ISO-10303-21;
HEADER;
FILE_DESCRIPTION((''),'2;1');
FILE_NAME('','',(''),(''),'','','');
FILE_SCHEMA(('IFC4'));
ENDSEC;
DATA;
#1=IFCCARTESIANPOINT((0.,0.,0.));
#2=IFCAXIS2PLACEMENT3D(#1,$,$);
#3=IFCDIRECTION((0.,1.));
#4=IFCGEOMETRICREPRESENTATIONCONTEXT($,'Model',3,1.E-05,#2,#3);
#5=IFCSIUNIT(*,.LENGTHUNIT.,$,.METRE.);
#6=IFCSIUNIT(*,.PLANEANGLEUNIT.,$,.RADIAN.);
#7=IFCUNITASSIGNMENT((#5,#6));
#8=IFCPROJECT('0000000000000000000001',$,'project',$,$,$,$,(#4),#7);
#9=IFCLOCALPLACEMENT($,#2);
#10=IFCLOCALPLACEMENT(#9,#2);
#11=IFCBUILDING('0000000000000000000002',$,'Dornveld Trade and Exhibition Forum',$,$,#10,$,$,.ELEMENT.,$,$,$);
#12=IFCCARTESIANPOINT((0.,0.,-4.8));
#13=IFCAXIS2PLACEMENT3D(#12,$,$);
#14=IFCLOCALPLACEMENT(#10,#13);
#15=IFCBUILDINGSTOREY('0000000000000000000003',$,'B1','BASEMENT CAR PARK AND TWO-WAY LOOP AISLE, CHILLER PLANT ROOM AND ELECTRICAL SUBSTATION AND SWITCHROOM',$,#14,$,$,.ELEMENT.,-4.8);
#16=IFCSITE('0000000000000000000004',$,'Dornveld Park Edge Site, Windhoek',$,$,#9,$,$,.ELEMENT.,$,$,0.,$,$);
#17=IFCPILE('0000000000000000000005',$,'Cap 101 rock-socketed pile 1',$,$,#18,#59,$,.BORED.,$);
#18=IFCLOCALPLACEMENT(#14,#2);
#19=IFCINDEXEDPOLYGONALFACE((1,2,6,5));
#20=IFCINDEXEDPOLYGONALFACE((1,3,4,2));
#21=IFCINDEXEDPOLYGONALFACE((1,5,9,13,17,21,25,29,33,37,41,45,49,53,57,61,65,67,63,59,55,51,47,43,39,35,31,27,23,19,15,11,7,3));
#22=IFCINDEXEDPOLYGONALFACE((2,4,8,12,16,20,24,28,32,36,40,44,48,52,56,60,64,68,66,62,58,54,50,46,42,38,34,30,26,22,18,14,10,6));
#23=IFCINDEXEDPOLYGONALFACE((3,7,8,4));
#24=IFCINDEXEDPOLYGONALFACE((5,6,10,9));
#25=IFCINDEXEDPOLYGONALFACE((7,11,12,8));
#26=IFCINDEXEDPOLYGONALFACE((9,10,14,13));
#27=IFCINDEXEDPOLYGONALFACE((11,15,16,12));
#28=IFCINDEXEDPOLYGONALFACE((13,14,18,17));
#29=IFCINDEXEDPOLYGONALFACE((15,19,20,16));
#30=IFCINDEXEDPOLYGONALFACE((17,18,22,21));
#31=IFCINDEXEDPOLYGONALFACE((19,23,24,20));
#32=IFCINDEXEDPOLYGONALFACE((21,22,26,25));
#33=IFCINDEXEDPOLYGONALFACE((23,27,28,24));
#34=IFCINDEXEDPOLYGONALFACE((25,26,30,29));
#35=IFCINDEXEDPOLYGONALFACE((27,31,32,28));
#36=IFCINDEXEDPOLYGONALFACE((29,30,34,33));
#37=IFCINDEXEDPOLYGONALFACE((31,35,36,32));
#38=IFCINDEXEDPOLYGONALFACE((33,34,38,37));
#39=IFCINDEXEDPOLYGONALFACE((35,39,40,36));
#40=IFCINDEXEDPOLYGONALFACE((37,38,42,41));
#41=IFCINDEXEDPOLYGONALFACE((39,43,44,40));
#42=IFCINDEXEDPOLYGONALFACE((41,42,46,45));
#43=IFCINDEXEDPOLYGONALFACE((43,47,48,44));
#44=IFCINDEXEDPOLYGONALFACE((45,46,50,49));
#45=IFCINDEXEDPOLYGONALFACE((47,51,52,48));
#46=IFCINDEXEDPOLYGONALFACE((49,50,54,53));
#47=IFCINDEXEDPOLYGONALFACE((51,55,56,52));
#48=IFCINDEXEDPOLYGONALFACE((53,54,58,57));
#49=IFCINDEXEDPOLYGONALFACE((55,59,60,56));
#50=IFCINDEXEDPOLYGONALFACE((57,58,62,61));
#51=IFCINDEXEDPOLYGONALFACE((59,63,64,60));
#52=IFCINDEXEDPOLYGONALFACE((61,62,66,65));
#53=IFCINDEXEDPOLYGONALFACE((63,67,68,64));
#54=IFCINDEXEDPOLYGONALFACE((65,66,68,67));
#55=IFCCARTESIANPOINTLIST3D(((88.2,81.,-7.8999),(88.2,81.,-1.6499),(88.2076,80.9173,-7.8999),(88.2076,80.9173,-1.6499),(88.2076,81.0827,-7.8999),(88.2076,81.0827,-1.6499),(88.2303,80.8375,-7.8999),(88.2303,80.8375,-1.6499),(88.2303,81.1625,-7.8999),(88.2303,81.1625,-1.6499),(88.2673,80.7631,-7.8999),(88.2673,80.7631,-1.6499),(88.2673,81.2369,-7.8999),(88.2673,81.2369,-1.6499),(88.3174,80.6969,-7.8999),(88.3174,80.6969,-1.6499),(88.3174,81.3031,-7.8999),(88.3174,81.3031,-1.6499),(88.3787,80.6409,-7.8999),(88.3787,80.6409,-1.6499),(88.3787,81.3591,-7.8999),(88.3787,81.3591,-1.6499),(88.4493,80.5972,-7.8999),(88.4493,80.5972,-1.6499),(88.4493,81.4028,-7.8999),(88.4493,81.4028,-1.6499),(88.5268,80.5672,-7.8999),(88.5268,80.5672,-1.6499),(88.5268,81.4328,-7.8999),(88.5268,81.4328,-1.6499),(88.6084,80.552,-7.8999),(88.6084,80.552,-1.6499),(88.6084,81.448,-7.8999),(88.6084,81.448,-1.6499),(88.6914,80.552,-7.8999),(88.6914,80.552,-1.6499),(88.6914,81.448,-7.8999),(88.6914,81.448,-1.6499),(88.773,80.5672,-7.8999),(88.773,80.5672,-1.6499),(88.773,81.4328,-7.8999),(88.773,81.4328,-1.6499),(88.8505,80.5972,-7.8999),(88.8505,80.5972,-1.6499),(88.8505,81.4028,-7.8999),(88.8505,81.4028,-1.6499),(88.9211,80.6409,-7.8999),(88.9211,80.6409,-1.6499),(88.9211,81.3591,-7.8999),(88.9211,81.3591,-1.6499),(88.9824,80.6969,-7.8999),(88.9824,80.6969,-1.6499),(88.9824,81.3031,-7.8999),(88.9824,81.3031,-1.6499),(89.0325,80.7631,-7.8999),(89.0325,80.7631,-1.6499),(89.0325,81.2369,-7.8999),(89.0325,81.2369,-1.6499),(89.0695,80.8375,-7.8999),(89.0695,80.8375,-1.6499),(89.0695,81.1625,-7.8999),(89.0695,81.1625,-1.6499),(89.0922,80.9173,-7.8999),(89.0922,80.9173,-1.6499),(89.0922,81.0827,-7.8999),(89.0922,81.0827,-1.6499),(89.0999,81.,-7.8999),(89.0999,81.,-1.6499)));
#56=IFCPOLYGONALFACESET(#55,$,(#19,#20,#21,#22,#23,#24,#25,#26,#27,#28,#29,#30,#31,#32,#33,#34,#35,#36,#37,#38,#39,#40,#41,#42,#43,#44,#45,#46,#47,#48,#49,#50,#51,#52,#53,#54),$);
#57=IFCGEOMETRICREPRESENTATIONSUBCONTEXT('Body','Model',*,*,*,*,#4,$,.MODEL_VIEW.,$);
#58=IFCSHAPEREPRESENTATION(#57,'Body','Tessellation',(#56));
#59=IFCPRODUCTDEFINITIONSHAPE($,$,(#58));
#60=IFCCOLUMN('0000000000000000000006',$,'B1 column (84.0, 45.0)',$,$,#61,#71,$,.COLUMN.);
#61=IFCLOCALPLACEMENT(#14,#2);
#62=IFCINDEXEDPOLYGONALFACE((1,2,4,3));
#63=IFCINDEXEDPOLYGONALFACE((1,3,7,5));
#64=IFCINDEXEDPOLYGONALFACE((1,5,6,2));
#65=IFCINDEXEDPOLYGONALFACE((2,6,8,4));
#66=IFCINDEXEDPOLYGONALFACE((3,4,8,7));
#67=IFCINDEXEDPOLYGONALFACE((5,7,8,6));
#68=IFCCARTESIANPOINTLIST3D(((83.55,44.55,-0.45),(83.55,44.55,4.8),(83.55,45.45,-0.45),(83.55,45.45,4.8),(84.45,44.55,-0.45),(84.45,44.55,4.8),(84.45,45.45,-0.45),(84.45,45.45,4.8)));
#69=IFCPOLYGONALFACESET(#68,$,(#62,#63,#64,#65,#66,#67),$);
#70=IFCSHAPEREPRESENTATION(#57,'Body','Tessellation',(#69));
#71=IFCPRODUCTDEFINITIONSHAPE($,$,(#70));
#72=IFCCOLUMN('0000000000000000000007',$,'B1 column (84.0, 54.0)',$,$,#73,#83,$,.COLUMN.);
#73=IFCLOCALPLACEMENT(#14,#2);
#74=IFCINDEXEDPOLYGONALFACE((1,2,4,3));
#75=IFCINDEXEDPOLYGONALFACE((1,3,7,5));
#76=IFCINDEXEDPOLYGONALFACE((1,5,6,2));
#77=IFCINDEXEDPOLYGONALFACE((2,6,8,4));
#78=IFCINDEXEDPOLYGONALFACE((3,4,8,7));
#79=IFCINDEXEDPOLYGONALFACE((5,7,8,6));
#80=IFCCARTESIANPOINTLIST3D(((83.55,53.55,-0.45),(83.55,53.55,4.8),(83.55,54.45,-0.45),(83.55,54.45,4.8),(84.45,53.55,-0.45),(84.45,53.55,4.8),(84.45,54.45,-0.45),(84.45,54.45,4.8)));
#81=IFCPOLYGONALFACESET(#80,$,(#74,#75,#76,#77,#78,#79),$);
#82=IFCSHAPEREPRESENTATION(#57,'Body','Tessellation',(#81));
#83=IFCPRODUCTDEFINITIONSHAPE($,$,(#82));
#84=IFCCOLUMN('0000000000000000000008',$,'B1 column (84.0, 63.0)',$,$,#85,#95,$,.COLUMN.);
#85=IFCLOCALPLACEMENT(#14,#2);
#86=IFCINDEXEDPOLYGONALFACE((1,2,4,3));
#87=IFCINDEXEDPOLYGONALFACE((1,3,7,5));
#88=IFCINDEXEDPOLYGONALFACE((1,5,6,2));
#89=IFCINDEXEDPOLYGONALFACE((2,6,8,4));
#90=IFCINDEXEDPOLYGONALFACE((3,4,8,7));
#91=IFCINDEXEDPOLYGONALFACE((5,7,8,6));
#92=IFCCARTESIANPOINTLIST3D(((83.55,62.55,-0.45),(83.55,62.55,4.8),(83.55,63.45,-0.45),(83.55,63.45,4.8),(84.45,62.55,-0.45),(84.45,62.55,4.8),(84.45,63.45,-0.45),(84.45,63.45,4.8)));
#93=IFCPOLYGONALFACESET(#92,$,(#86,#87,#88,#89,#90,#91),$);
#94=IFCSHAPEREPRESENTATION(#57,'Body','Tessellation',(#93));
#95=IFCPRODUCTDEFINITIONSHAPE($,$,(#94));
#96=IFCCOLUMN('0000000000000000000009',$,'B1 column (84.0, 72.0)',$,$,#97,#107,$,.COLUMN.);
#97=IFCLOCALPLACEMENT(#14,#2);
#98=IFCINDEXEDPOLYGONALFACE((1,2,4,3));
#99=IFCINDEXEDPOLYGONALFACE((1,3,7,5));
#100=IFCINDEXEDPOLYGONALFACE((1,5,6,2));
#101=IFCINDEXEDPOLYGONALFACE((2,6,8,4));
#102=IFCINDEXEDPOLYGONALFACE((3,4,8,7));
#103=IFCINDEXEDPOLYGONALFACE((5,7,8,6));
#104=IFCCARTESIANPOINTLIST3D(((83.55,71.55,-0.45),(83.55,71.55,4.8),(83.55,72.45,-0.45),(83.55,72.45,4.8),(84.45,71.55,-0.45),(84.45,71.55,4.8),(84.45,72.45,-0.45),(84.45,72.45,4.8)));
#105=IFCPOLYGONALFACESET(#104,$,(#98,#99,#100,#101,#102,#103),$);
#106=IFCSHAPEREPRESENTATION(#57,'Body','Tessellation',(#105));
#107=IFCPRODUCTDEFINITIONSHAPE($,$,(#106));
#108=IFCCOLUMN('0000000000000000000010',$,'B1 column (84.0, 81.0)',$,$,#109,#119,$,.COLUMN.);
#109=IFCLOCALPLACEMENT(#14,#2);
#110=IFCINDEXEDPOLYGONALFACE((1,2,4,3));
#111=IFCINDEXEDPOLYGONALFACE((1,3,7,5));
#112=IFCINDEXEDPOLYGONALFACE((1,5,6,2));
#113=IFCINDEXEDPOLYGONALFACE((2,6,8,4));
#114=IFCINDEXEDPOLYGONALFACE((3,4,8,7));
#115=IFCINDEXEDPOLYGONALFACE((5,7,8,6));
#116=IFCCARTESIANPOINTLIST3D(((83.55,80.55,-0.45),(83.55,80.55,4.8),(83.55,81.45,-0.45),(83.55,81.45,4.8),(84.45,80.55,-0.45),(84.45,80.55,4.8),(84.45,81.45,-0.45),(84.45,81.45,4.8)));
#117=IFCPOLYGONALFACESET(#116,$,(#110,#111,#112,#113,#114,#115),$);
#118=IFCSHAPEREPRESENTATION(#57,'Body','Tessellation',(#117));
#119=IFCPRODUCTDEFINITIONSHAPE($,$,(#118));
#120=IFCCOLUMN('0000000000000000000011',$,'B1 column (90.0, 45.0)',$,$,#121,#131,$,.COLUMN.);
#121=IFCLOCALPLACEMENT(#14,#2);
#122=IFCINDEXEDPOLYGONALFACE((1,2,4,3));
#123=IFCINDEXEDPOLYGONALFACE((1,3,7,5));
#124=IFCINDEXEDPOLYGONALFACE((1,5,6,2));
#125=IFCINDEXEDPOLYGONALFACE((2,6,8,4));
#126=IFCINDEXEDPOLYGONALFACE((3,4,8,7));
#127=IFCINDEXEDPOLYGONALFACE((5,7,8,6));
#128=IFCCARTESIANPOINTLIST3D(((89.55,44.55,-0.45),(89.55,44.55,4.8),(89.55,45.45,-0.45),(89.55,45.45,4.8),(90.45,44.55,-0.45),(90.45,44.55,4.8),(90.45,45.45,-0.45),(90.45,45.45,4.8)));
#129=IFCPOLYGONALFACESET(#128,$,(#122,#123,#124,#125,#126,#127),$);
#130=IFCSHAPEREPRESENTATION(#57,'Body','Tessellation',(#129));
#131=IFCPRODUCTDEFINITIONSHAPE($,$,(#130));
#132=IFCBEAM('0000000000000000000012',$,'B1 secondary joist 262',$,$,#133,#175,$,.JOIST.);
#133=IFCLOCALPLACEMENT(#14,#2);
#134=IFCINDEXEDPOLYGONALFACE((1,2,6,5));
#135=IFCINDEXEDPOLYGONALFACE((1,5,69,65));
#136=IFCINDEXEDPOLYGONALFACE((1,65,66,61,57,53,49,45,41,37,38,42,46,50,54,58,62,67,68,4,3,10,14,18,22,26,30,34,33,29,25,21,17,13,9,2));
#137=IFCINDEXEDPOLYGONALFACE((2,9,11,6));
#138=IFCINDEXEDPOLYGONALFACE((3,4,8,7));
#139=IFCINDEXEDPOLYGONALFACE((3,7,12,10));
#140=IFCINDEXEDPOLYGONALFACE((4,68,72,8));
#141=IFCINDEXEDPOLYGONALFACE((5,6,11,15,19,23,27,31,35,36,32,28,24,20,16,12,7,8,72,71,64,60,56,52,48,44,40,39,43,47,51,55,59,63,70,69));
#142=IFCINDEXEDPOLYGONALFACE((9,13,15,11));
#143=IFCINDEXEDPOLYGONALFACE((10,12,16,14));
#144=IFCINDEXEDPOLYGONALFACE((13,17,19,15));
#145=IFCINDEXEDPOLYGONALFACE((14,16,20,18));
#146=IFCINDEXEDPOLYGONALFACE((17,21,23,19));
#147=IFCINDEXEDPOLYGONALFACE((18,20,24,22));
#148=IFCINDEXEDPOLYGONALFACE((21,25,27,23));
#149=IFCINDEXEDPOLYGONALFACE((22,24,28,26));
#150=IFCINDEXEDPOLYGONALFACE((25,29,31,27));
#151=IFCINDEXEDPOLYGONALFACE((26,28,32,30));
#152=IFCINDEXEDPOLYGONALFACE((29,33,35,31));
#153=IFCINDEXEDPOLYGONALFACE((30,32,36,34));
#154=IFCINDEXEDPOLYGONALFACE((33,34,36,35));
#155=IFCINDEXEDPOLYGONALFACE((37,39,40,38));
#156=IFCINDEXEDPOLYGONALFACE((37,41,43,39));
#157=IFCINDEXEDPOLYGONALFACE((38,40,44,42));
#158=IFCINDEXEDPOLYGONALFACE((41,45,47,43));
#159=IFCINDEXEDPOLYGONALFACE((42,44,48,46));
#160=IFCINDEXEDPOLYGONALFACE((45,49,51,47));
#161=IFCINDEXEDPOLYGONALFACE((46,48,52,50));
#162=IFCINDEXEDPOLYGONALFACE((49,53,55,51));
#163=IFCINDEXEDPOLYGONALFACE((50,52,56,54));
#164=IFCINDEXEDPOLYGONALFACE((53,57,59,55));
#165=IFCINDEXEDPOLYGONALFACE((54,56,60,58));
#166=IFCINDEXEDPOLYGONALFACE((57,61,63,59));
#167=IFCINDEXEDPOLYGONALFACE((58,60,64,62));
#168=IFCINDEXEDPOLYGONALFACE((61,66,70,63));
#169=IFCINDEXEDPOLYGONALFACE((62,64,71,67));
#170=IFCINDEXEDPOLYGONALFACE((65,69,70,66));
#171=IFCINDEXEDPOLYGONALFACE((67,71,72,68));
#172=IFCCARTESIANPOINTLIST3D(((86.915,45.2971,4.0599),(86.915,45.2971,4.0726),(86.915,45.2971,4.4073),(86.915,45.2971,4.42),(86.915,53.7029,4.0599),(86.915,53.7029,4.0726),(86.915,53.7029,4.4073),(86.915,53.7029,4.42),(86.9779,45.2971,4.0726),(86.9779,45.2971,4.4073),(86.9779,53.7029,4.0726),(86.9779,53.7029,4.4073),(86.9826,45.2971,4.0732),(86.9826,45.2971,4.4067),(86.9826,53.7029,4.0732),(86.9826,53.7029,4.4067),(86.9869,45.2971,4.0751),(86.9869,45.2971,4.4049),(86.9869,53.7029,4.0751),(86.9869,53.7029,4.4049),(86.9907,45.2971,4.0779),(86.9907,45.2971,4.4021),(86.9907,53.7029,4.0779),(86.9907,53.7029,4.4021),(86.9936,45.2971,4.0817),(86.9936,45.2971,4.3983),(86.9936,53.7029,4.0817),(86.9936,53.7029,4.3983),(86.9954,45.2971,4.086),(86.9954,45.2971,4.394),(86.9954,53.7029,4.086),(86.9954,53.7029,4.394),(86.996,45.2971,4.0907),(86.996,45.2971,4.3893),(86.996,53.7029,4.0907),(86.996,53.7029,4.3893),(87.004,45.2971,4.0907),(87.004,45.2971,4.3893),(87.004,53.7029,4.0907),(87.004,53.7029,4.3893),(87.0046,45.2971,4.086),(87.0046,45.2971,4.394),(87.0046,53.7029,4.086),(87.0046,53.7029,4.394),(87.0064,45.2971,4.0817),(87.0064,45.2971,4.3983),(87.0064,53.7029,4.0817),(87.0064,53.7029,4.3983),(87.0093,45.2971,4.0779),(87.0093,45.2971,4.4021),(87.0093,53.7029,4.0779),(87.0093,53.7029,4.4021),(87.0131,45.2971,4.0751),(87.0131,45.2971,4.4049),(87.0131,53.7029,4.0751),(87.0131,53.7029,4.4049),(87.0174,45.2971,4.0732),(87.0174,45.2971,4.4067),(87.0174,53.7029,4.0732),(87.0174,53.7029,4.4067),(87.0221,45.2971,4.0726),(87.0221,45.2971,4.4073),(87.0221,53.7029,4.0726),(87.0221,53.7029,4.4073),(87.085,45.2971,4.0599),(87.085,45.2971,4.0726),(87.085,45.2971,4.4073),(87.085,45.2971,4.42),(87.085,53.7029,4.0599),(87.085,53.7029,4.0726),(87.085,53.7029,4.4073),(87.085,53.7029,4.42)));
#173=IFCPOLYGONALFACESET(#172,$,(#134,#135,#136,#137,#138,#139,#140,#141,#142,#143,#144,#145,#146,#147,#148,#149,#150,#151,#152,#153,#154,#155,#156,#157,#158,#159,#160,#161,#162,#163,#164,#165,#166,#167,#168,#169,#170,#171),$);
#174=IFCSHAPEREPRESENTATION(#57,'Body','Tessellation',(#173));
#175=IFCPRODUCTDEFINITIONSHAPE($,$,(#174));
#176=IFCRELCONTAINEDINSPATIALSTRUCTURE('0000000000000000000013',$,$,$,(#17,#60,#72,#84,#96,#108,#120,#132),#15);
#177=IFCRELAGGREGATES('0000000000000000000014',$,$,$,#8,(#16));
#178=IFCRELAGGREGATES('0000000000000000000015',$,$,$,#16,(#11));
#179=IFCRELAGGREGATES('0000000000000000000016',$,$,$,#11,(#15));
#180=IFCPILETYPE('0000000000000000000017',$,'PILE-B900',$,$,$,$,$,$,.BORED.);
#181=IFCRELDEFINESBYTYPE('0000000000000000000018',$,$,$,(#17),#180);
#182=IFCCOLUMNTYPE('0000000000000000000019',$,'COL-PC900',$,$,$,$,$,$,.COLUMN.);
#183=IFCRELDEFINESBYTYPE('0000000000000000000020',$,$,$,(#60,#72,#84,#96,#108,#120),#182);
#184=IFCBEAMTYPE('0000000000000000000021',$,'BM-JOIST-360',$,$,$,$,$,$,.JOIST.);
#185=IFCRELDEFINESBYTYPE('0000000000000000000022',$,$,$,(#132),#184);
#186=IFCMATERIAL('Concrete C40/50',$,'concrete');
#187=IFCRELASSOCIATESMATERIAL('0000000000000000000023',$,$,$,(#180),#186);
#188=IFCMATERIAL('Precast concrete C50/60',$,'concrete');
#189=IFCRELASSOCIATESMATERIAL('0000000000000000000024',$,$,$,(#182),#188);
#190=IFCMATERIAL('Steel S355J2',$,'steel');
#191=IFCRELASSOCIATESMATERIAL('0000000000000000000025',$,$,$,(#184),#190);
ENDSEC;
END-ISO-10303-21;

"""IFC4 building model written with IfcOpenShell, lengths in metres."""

from ifc_helpers import new_model, si_unit, direction, frame, origin, origin_2d, place, context, subcontext, project, spatial, rectangle, circle, i_section, extrude, material, material_profile, profile_set, type_object, element, save


model = new_model("IFC4")

# Units and contexts
model_context = context("Model", 3, precision=1e-05, world=origin(), true_north=direction((0.0, 1.0)))
body_context = subcontext(model_context, "Body", "Model", "MODEL_VIEW")
ifc_project = project(units=[si_unit("LENGTHUNIT", "METRE"), si_unit("PLANEANGLEUNIT", "RADIAN")], contexts=[model_context])

# Site, building, storey
site_placement = place(None, origin())
site = spatial("IfcSite", under=ifc_project, at=site_placement, Name="Dornveld Park Edge Site, Windhoek", CompositionType="ELEMENT", RefElevation=0.0)
building_placement = place(site_placement, origin())
building = spatial("IfcBuilding", under=site, at=building_placement, Name="Dornveld Trade and Exhibition Forum", CompositionType="ELEMENT")
storey_placement = place(building_placement, frame((0.0, 0.0, -4.8)))
storey = spatial("IfcBuildingStorey", under=building, at=storey_placement, Name="B1", Description="BASEMENT CAR PARK AND TWO-WAY LOOP AISLE, CHILLER PLANT ROOM AND ELECTRICAL SUBSTATION AND SWITCHROOM", CompositionType="ELEMENT", Elevation=-4.8)

# Pile
ifc_material_1 = material(Name="Concrete C40/50", Category="concrete")
ifc_material_profile_1 = material_profile(ifc_material_1, circle(Radius=0.45, at=origin_2d()), Name="PILE D900")
ifc_profile_set_1 = profile_set([ifc_material_profile_1], Name="Concrete C40/50")
pile_type = type_object("IfcPileType", Name="PILE-B900", PredefinedType="BORED", material=ifc_profile_set_1)
for number, where, z_axis, x_axis, name in (
    (1, (88.6499, 81.0, -1.6499), (0.0, 0.0, -1.0), (1.0, 0.0, 0.0), "Cap 101 rock-socketed pile 1"),
):
    element("IfcPile", number, at=place(storey_placement, frame(where, z_axis=z_axis, x_axis=x_axis)), inside=storey, type_object=pile_type, Name=name, PredefinedType="BORED", context=body_context, shape_type="SweptSolid", body=[
        extrude(circle(Radius=0.45, at=origin_2d()), origin(), (0.0, 0.0, 1.0), 6.25),
    ])

# Columns
ifc_material_2 = material(Name="Precast concrete C50/60", Category="concrete")
ifc_material_profile_2 = material_profile(ifc_material_2, rectangle(XDim=0.8999, YDim=0.8999, at=origin_2d()), Name="PC-COL 900x900")
ifc_profile_set_2 = profile_set([ifc_material_profile_2], Name="Precast concrete C50/60")
column_type = type_object("IfcColumnType", Name="COL-PC900", PredefinedType="COLUMN", material=ifc_profile_set_2)
for number, where, z_axis, x_axis, name in (
    (2, (84.0, 45.0, -0.45), (0.0, 0.0, 1.0), (1.0, 0.0, 0.0), "B1 column (84.0, 45.0)"),
    (3, (84.0, 54.0, -0.45), (0.0, 0.0, 1.0), (1.0, 0.0, 0.0), "B1 column (84.0, 54.0)"),
    (4, (84.0, 63.0, -0.45), (0.0, 0.0, 1.0), (1.0, 0.0, 0.0), "B1 column (84.0, 63.0)"),
    (5, (84.0, 72.0, -0.45), (0.0, 0.0, 1.0), (1.0, 0.0, 0.0), "B1 column (84.0, 72.0)"),
    (6, (84.0, 81.0, -0.45), (0.0, 0.0, 1.0), (1.0, 0.0, 0.0), "B1 column (84.0, 81.0)"),
    (7, (90.0, 45.0, -0.45), (0.0, 0.0, 1.0), (1.0, 0.0, 0.0), "B1 column (90.0, 45.0)"),
):
    element("IfcColumn", number, at=place(storey_placement, frame(where, z_axis=z_axis, x_axis=x_axis)), inside=storey, type_object=column_type, Name=name, PredefinedType="COLUMN", context=body_context, shape_type="SweptSolid", body=[
        extrude(rectangle(XDim=0.8999, YDim=0.8999, at=origin_2d()), origin(), (0.0, 0.0, 1.0), 5.25),
    ])

# Beam
ifc_material_3 = material(Name="Steel S355J2", Category="steel")
ifc_material_profile_3 = material_profile(ifc_material_3, i_section(OverallWidth=0.1699, OverallDepth=0.3601, WebThickness=0.0081, FlangeThickness=0.0127, FilletRadius=0.0181, at=origin_2d()), Name="IPE 360")
ifc_profile_set_3 = profile_set([ifc_material_profile_3], Name="Steel S355J2")
beam_type_1 = type_object("IfcBeamType", Name="BM-JOIST-360", PredefinedType="JOIST", material=ifc_profile_set_3)
for number, where, z_axis, x_axis, name in (
    (8, (87.0, 45.2971, 4.24), (0.0, 1.0, 0.0), (-1.0, 0.0, 0.0), "B1 secondary joist 262"),
):
    element("IfcBeam", number, at=place(storey_placement, frame(where, z_axis=z_axis, x_axis=x_axis)), inside=storey, type_object=beam_type_1, Name=name, PredefinedType="JOIST", context=body_context, shape_type="SweptSolid", body=[
        extrude(i_section(OverallWidth=0.1699, OverallDepth=0.3601, WebThickness=0.0081, FlangeThickness=0.0127, FilletRadius=0.0181, at=origin_2d()), origin(), (0.0, 0.0, 1.0), 8.4058),
    ])

save(model, "model.ifc")
